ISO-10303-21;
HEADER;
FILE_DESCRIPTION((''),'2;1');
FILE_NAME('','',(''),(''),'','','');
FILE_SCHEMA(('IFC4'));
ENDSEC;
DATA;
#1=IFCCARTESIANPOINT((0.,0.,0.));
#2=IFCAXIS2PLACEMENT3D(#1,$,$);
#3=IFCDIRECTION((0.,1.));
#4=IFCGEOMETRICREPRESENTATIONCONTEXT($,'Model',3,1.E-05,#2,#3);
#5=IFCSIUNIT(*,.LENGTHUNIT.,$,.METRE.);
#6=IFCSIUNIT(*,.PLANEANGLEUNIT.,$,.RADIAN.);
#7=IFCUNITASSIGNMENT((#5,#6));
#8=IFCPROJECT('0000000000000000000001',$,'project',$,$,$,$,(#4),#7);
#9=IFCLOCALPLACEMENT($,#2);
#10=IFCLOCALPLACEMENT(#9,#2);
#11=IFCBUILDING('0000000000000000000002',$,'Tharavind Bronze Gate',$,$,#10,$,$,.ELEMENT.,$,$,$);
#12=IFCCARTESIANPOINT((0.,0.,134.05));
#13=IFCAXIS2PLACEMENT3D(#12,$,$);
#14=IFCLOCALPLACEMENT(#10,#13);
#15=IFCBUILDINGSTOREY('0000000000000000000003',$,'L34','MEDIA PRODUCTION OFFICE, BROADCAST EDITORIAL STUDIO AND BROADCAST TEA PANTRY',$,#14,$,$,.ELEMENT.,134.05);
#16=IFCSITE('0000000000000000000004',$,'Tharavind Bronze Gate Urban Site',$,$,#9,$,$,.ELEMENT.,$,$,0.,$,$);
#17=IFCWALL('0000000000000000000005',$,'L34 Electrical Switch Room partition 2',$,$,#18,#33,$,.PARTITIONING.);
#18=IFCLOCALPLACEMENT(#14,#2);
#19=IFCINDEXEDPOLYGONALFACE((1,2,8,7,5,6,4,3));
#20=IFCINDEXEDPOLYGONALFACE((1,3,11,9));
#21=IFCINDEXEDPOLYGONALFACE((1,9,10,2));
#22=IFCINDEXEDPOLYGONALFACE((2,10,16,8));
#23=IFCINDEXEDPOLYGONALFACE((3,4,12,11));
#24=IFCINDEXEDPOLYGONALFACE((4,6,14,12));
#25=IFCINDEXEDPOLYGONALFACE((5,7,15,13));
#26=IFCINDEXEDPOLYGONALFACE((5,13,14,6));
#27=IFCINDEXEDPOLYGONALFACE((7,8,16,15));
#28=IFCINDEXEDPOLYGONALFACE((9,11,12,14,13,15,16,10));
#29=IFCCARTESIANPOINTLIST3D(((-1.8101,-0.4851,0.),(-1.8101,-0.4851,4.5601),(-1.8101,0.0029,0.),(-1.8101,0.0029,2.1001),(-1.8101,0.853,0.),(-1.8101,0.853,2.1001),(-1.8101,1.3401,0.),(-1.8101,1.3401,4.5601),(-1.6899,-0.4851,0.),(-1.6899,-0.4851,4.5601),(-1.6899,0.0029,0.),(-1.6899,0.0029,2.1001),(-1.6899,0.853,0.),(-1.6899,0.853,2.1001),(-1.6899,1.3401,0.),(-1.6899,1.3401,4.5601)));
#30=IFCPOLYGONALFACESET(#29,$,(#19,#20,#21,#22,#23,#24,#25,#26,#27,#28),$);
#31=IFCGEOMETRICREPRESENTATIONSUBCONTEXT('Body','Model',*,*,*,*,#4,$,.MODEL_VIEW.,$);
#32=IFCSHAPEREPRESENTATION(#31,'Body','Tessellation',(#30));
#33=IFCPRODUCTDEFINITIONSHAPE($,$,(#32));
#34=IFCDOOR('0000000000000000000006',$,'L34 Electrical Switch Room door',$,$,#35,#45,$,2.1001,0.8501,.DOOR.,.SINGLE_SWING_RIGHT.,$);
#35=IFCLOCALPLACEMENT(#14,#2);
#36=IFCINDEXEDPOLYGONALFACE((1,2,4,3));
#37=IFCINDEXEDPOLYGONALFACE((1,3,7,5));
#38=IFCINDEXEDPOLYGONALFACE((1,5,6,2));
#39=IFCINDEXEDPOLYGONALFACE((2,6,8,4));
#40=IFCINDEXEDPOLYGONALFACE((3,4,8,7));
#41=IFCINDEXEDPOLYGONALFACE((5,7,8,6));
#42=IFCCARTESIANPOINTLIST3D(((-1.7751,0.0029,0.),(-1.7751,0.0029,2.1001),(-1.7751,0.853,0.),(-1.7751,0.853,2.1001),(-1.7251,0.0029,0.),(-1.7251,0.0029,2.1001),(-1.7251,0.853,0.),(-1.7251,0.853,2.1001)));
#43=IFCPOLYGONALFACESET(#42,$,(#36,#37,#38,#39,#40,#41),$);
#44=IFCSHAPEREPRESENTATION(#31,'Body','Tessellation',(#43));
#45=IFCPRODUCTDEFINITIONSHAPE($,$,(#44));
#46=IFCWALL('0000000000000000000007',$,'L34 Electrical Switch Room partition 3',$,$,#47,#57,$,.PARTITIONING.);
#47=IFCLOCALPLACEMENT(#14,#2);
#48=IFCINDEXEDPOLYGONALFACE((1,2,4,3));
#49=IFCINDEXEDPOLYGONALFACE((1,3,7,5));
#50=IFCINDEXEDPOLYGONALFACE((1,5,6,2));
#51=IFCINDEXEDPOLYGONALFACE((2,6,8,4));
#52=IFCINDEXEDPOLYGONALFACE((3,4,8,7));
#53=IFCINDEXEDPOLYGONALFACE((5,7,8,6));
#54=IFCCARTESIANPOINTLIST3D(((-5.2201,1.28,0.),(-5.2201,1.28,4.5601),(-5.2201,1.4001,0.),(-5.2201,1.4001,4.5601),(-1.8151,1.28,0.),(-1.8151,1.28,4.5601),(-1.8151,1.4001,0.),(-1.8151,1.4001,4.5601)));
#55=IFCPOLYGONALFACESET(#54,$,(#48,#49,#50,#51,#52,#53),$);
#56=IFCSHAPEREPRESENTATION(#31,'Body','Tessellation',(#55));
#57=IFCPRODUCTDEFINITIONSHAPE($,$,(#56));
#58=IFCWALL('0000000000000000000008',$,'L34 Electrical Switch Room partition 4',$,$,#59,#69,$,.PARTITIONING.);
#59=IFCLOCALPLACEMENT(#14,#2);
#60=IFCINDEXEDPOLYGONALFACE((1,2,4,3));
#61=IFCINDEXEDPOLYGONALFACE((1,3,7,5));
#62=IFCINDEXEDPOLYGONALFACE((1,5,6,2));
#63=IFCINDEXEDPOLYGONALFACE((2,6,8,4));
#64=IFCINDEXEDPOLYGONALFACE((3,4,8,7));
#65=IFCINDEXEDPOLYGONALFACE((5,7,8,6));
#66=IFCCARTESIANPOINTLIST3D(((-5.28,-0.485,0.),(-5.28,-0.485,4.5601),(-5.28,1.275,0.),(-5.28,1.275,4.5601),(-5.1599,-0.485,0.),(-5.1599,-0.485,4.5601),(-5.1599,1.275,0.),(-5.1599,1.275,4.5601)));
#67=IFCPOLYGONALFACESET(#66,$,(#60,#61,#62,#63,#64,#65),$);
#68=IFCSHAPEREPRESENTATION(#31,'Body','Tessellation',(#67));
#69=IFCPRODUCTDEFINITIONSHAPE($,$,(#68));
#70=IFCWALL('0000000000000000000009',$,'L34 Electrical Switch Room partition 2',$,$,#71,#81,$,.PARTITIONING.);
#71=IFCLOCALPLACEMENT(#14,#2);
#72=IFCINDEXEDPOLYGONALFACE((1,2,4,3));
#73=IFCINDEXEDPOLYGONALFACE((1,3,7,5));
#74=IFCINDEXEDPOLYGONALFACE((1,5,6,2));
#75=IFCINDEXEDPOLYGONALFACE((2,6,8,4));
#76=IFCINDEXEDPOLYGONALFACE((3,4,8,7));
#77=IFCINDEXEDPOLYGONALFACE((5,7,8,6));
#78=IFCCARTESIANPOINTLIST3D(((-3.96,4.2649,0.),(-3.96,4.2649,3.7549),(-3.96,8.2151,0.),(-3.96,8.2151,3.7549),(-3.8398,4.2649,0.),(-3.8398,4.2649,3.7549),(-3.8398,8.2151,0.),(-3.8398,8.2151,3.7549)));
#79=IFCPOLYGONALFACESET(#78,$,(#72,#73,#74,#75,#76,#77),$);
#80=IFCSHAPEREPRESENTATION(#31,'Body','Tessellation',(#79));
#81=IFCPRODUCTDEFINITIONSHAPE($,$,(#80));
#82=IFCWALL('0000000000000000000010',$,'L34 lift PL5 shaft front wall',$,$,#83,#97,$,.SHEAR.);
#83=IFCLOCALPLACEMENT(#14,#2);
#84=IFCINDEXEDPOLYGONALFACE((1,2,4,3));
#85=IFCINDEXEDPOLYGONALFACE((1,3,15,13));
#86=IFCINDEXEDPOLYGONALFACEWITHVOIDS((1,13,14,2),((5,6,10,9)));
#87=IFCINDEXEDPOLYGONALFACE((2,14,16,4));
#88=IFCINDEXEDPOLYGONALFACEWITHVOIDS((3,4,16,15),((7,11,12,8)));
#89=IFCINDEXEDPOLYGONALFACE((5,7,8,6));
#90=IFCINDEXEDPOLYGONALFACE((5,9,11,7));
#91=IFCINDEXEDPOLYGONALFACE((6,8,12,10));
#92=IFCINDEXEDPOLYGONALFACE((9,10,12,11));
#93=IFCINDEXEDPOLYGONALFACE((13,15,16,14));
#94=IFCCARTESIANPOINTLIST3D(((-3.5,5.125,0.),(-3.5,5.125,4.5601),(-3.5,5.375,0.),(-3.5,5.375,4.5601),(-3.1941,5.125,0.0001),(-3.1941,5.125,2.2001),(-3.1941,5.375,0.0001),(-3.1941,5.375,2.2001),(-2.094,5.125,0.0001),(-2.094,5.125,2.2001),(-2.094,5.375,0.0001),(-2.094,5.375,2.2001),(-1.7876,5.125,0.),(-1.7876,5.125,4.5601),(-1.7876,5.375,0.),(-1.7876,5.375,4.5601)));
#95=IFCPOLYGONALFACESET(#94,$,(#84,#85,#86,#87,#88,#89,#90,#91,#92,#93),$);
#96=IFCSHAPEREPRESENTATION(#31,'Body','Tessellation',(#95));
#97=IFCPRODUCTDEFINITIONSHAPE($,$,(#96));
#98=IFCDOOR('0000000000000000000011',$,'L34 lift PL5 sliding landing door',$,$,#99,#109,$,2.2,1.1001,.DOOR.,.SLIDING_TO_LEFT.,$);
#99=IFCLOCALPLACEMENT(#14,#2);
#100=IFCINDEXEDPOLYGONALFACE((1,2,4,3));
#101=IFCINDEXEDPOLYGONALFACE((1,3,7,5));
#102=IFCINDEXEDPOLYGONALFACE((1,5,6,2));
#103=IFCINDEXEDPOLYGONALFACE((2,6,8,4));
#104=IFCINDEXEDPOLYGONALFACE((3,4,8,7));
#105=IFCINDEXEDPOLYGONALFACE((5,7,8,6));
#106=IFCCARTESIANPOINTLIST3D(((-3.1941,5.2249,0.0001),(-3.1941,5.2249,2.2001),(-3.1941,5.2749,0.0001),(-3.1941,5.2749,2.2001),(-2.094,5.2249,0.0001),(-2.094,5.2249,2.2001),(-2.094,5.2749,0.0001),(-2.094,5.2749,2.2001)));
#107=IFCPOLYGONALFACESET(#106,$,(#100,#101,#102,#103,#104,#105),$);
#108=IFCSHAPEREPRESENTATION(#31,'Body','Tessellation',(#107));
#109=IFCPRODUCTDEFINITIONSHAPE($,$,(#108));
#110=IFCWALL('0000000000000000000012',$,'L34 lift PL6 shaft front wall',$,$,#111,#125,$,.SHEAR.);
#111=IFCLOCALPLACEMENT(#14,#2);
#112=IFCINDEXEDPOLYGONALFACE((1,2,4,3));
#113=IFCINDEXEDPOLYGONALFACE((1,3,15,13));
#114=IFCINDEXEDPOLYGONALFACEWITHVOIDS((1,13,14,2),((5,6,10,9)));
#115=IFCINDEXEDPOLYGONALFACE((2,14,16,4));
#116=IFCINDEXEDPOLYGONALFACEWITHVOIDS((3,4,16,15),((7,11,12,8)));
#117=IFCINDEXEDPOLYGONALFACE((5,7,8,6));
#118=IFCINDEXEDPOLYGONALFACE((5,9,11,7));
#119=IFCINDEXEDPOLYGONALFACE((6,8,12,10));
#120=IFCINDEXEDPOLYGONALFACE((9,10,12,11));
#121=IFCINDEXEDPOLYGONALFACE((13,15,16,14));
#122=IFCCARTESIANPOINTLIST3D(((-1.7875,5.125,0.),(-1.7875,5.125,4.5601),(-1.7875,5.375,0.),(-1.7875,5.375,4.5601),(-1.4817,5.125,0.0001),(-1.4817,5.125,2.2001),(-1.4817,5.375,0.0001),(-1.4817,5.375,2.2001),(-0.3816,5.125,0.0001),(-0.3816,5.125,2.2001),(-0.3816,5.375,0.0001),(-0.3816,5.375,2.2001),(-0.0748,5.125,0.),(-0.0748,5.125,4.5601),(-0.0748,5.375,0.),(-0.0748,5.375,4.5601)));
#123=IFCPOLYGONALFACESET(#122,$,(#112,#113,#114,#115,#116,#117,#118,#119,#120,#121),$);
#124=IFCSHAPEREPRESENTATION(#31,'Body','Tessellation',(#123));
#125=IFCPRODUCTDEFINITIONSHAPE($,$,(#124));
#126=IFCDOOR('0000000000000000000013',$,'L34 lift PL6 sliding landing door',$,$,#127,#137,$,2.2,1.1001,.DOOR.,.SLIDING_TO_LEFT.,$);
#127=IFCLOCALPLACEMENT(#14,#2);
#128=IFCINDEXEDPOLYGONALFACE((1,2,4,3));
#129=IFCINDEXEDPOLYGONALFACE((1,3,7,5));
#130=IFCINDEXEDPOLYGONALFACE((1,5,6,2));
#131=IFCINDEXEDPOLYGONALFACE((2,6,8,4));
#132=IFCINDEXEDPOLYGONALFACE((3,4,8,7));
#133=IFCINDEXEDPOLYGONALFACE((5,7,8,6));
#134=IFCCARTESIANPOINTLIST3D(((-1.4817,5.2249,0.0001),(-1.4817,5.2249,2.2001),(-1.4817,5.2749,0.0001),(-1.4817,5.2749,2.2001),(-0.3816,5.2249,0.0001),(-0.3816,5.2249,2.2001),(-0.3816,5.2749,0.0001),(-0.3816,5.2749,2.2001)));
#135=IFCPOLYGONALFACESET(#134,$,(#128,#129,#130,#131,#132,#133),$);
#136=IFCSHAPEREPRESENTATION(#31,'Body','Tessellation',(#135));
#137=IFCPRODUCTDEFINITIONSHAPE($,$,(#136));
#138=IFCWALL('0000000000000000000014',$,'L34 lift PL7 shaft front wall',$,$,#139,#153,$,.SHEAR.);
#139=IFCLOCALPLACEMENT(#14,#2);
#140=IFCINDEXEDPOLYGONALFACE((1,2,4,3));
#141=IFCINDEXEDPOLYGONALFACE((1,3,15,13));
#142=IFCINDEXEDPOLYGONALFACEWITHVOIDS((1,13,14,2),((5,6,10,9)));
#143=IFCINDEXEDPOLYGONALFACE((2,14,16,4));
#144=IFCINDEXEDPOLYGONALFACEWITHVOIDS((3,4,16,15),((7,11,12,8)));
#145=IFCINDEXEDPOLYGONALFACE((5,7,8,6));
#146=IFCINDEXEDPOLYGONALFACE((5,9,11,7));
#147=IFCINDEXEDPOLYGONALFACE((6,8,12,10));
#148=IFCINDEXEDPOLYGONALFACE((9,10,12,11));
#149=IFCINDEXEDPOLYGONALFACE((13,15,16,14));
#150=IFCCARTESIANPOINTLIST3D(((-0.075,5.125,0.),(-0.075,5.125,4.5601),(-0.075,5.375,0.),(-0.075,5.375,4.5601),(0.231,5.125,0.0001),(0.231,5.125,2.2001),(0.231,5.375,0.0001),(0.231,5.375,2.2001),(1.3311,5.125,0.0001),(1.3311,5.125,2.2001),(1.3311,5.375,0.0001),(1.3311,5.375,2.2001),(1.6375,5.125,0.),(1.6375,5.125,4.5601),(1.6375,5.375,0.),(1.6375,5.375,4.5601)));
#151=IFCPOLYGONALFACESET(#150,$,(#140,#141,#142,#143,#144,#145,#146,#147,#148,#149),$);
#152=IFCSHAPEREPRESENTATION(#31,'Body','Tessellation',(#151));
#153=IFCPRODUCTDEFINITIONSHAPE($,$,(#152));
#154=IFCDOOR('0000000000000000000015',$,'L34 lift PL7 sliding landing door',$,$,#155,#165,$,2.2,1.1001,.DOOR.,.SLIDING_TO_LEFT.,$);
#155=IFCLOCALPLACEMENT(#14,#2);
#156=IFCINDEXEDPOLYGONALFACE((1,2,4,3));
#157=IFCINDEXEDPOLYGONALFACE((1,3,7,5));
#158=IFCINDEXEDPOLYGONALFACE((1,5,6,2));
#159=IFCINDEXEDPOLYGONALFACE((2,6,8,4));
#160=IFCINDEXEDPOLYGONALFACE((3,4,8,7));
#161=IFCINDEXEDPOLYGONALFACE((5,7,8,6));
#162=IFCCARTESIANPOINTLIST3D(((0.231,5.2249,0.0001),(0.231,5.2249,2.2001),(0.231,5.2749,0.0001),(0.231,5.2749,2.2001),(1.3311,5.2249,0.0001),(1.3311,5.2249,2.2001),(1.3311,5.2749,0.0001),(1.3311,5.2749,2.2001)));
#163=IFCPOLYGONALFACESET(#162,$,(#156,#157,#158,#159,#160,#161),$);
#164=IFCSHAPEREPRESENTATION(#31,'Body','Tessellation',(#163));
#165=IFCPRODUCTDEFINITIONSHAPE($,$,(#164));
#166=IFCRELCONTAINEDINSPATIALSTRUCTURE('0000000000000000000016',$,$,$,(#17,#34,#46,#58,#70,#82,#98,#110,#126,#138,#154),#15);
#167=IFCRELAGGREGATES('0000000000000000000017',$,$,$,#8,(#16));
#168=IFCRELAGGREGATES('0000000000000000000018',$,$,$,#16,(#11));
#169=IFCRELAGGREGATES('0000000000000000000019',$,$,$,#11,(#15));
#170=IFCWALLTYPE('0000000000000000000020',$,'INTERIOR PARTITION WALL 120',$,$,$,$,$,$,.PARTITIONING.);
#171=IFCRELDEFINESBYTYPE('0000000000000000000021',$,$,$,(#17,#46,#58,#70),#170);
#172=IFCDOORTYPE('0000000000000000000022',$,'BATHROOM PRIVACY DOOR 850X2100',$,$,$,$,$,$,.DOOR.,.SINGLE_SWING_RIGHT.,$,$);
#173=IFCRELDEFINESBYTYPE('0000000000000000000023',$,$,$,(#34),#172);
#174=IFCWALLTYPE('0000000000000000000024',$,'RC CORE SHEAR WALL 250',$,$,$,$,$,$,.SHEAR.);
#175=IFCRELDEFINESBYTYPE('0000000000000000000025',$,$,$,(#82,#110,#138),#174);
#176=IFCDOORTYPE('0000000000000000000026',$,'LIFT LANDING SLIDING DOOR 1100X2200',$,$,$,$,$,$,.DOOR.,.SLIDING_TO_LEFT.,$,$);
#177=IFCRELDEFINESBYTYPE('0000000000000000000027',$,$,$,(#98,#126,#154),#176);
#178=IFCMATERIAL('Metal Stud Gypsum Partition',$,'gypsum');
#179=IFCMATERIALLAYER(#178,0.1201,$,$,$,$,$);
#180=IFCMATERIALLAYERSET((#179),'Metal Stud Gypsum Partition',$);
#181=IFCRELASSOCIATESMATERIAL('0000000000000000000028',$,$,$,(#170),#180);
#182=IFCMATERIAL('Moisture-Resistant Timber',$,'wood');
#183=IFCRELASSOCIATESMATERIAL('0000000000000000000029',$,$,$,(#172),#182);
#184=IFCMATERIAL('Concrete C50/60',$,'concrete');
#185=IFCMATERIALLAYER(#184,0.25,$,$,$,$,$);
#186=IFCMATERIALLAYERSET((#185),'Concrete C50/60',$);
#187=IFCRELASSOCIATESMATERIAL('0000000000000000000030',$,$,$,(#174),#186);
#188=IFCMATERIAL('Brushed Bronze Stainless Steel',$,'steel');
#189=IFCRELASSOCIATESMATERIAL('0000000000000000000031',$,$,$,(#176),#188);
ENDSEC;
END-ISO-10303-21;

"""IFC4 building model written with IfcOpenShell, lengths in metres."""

from ifc_helpers import new_model, si_unit, direction, frame, frame_2d, origin, place, context, subcontext, project, spatial, rectangle, extrude, material, layer, layer_set, type_object, element, fill, save


model = new_model("IFC4")

# Units and contexts
model_context = context("Model", 3, precision=1e-05, world=origin(), true_north=direction((0.0, 1.0)))
body_context = subcontext(model_context, "Body", "Model", "MODEL_VIEW")
ifc_project = project(units=[si_unit("LENGTHUNIT", "METRE"), si_unit("PLANEANGLEUNIT", "RADIAN")], contexts=[model_context])

# Site, building, storey
site_placement = place(None, origin())
site = spatial("IfcSite", under=ifc_project, at=site_placement, Name="Tharavind Bronze Gate Urban Site", CompositionType="ELEMENT", RefElevation=0.0)
building_placement = place(site_placement, origin())
building = spatial("IfcBuilding", under=site, at=building_placement, Name="Tharavind Bronze Gate", CompositionType="ELEMENT")
storey_placement = place(building_placement, frame((0.0, 0.0, 134.05)))
storey = spatial("IfcBuildingStorey", under=building, at=storey_placement, Name="L34", Description="MEDIA PRODUCTION OFFICE, BROADCAST EDITORIAL STUDIO AND BROADCAST TEA PANTRY", CompositionType="ELEMENT", Elevation=134.05)

# Shared definitions
ifc_material_1 = material(Name="Metal Stud Gypsum Partition", Category="gypsum")
ifc_layer_1 = layer(ifc_material_1, 0.1201)
ifc_layer_set_1 = layer_set([ifc_layer_1], Name="Metal Stud Gypsum Partition")
wall_type_1 = type_object("IfcWallType", Name="INTERIOR PARTITION WALL 120", PredefinedType="PARTITIONING", material=ifc_layer_set_1)

# Shared definitions
ifc_material_2 = material(Name="Moisture-Resistant Timber", Category="wood")
door_type_1 = type_object("IfcDoorType", Name="BATHROOM PRIVACY DOOR 850X2100", OperationType="SINGLE_SWING_RIGHT", PredefinedType="DOOR", material=ifc_material_2)

# Wall, opening, door
wall_1_placement = place(storey_placement, frame((-1.75, -0.4851, 0.0), z_axis=(0.0, 0.0, 1.0), x_axis=(0.0, 1.0, 0.0)))
wall_1 = element("IfcWall", 1, at=wall_1_placement, inside=storey, type_object=wall_type_1, Name="L34 Electrical Switch Room partition 2", PredefinedType="PARTITIONING", context=body_context, shape_type="SweptSolid", body=[
    extrude(rectangle(XDim=1.8252, YDim=0.1201, at=frame_2d((0.9126, 0.0))), origin(), (0.0, 0.0, 1.0), 4.5601),
])
opening_1_placement = place(wall_1_placement, frame((0.488, 0.0, 0.0)))
opening_1 = element("IfcOpeningElement", 2, at=opening_1_placement, cuts=wall_1, PredefinedType="OPENING", context=body_context, shape_type="SweptSolid", body=[
    extrude(rectangle(XDim=0.8501, YDim=2.1001, at=frame_2d((0.425, 1.05))), frame((0.0, 0.0701, 0.0), z_axis=(0.0, -1.0, 0.0), x_axis=(1.0, 0.0, 0.0)), (0.0, 0.0, 1.0), 0.1401),
])
door_1_placement = place(opening_1_placement, frame((0.8501, 0.0, 0.0), z_axis=(0.0, 0.0, 1.0), x_axis=(-1.0, 0.0, 0.0)))
door_1 = element("IfcDoor", 3, at=door_1_placement, inside=storey, type_object=door_type_1, Name="L34 Electrical Switch Room door", OperationType="SINGLE_SWING_RIGHT", OverallHeight=2.1001, OverallWidth=0.8501, PredefinedType="DOOR", context=body_context, shape_type="SweptSolid", body=[
    extrude(rectangle(XDim=0.8501, YDim=2.1001, at=frame_2d((0.425, 1.05))), frame((0.0, 0.0249, 0.0), z_axis=(0.0, -1.0, 0.0), x_axis=(1.0, 0.0, 0.0)), (0.0, 0.0, 1.0), 0.05),
])
fill(opening_1, door_1)

# Walls
wall_2_placement = place(storey_placement, frame((-1.8149, 1.3401, 0.0), z_axis=(0.0, 0.0, 1.0), x_axis=(-1.0, 0.0, 0.0)))
element("IfcWall", 4, at=wall_2_placement, inside=storey, type_object=wall_type_1, Name="L34 Electrical Switch Room partition 3", PredefinedType="PARTITIONING", context=body_context, shape_type="SweptSolid", body=[
    extrude(rectangle(XDim=3.405, YDim=0.1201, at=frame_2d((1.7026, 0.0))), origin(), (0.0, 0.0, 1.0), 4.5601),
])
wall_3_placement = place(storey_placement, frame((-5.22, 1.2749, 0.0), z_axis=(0.0, 0.0, 1.0), x_axis=(0.0, -1.0, 0.0)))
element("IfcWall", 5, at=wall_3_placement, inside=storey, type_object=wall_type_1, Name="L34 Electrical Switch Room partition 4", PredefinedType="PARTITIONING", context=body_context, shape_type="SweptSolid", body=[
    extrude(rectangle(XDim=1.76, YDim=0.1201, at=frame_2d((0.8799, 0.0))), origin(), (0.0, 0.0, 1.0), 4.5601),
])
wall_4_placement = place(storey_placement, frame((-3.8999, 4.2649, 0.0), z_axis=(0.0, 0.0, 1.0), x_axis=(0.0, 1.0, 0.0)))
element("IfcWall", 6, at=wall_4_placement, inside=storey, type_object=wall_type_1, Name="L34 Electrical Switch Room partition 2", PredefinedType="PARTITIONING", context=body_context, shape_type="SweptSolid", body=[
    extrude(rectangle(XDim=3.9502, YDim=0.1201, at=frame_2d((1.9751, 0.0))), origin(), (0.0, 0.0, 1.0), 3.7549),
])

# Walls, openings, doors
ifc_material_3 = material(Name="Concrete C50/60", Category="concrete")
ifc_layer_2 = layer(ifc_material_3, 0.25)
ifc_layer_set_2 = layer_set([ifc_layer_2], Name="Concrete C50/60")
wall_type_2 = type_object("IfcWallType", Name="RC CORE SHEAR WALL 250", PredefinedType="SHEAR", material=ifc_layer_set_2)
wall_5_placement = place(storey_placement, frame((-3.5, 5.25, 0.0), z_axis=(0.0, 0.0, 1.0), x_axis=(1.0, 0.0, 0.0)))
wall_5 = element("IfcWall", 7, at=wall_5_placement, inside=storey, type_object=wall_type_2, Name="L34 lift PL5 shaft front wall", PredefinedType="SHEAR", context=body_context, shape_type="SweptSolid", body=[
    extrude(rectangle(XDim=1.7124, YDim=0.25, at=frame_2d((0.8562, 0.0))), origin(), (0.0, 0.0, 1.0), 4.5601),
])
opening_2_placement = place(wall_5_placement, frame((0.3059, 0.0, 0.0)))
opening_2 = element("IfcOpeningElement", 8, at=opening_2_placement, cuts=wall_5, PredefinedType="OPENING", context=body_context, shape_type="SweptSolid", body=[
    extrude(rectangle(XDim=1.1001, YDim=2.2, at=frame_2d((0.55, 1.1001))), frame((0.0, 0.135, 0.0), z_axis=(0.0, -1.0, 0.0), x_axis=(1.0, 0.0, 0.0)), (0.0, 0.0, 1.0), 0.27),
])
ifc_material_4 = material(Name="Brushed Bronze Stainless Steel", Category="steel")
door_type_2 = type_object("IfcDoorType", Name="LIFT LANDING SLIDING DOOR 1100X2200", OperationType="SLIDING_TO_LEFT", PredefinedType="DOOR", material=ifc_material_4)
door_2_placement = place(opening_2_placement, origin())
door_2 = element("IfcDoor", 9, at=door_2_placement, inside=storey, type_object=door_type_2, Name="L34 lift PL5 sliding landing door", OperationType="SLIDING_TO_LEFT", OverallHeight=2.2, OverallWidth=1.1001, PredefinedType="DOOR", context=body_context, shape_type="SweptSolid", body=[
    extrude(rectangle(XDim=1.1001, YDim=2.2, at=frame_2d((0.55, 1.1001))), frame((0.0, 0.0249, 0.0), z_axis=(0.0, -1.0, 0.0), x_axis=(1.0, 0.0, 0.0)), (0.0, 0.0, 1.0), 0.05),
])
fill(opening_2, door_2)
wall_6_placement = place(storey_placement, frame((-1.7876, 5.25, 0.0), z_axis=(0.0, 0.0, 1.0), x_axis=(1.0, 0.0, 0.0)))
wall_6 = element("IfcWall", 10, at=wall_6_placement, inside=storey, type_object=wall_type_2, Name="L34 lift PL6 shaft front wall", PredefinedType="SHEAR", context=body_context, shape_type="SweptSolid", body=[
    extrude(rectangle(XDim=1.7126, YDim=0.25, at=frame_2d((0.8564, 0.0))), origin(), (0.0, 0.0, 1.0), 4.5601),
])
opening_3_placement = place(wall_6_placement, frame((0.3059, 0.0, 0.0)))
opening_3 = element("IfcOpeningElement", 11, at=opening_3_placement, cuts=wall_6, PredefinedType="OPENING", context=body_context, shape_type="SweptSolid", body=[
    extrude(rectangle(XDim=1.1001, YDim=2.2, at=frame_2d((0.55, 1.1001))), frame((0.0, 0.135, 0.0), z_axis=(0.0, -1.0, 0.0), x_axis=(1.0, 0.0, 0.0)), (0.0, 0.0, 1.0), 0.27),
])
door_3_placement = place(opening_3_placement, origin())
door_3 = element("IfcDoor", 12, at=door_3_placement, inside=storey, type_object=door_type_2, Name="L34 lift PL6 sliding landing door", OperationType="SLIDING_TO_LEFT", OverallHeight=2.2, OverallWidth=1.1001, PredefinedType="DOOR", context=body_context, shape_type="SweptSolid", body=[
    extrude(rectangle(XDim=1.1001, YDim=2.2, at=frame_2d((0.55, 1.1001))), frame((0.0, 0.0249, 0.0), z_axis=(0.0, -1.0, 0.0), x_axis=(1.0, 0.0, 0.0)), (0.0, 0.0, 1.0), 0.05),
])
fill(opening_3, door_3)
wall_7_placement = place(storey_placement, frame((-0.075, 5.25, 0.0), z_axis=(0.0, 0.0, 1.0), x_axis=(1.0, 0.0, 0.0)))
wall_7 = element("IfcWall", 13, at=wall_7_placement, inside=storey, type_object=wall_type_2, Name="L34 lift PL7 shaft front wall", PredefinedType="SHEAR", context=body_context, shape_type="SweptSolid", body=[
    extrude(rectangle(XDim=1.7124, YDim=0.25, at=frame_2d((0.8562, 0.0))), origin(), (0.0, 0.0, 1.0), 4.5601),
])
opening_4_placement = place(wall_7_placement, frame((0.3059, 0.0, 0.0)))
opening_4 = element("IfcOpeningElement", 14, at=opening_4_placement, cuts=wall_7, PredefinedType="OPENING", context=body_context, shape_type="SweptSolid", body=[
    extrude(rectangle(XDim=1.1001, YDim=2.2, at=frame_2d((0.55, 1.1001))), frame((0.0, 0.135, 0.0), z_axis=(0.0, -1.0, 0.0), x_axis=(1.0, 0.0, 0.0)), (0.0, 0.0, 1.0), 0.27),
])
door_4_placement = place(opening_4_placement, origin())
door_4 = element("IfcDoor", 15, at=door_4_placement, inside=storey, type_object=door_type_2, Name="L34 lift PL7 sliding landing door", OperationType="SLIDING_TO_LEFT", OverallHeight=2.2, OverallWidth=1.1001, PredefinedType="DOOR", context=body_context, shape_type="SweptSolid", body=[
    extrude(rectangle(XDim=1.1001, YDim=2.2, at=frame_2d((0.55, 1.1001))), frame((0.0, 0.0249, 0.0), z_axis=(0.0, -1.0, 0.0), x_axis=(1.0, 0.0, 0.0)), (0.0, 0.0, 1.0), 0.05),
])
fill(opening_4, door_4)

save(model, "model.ifc")
